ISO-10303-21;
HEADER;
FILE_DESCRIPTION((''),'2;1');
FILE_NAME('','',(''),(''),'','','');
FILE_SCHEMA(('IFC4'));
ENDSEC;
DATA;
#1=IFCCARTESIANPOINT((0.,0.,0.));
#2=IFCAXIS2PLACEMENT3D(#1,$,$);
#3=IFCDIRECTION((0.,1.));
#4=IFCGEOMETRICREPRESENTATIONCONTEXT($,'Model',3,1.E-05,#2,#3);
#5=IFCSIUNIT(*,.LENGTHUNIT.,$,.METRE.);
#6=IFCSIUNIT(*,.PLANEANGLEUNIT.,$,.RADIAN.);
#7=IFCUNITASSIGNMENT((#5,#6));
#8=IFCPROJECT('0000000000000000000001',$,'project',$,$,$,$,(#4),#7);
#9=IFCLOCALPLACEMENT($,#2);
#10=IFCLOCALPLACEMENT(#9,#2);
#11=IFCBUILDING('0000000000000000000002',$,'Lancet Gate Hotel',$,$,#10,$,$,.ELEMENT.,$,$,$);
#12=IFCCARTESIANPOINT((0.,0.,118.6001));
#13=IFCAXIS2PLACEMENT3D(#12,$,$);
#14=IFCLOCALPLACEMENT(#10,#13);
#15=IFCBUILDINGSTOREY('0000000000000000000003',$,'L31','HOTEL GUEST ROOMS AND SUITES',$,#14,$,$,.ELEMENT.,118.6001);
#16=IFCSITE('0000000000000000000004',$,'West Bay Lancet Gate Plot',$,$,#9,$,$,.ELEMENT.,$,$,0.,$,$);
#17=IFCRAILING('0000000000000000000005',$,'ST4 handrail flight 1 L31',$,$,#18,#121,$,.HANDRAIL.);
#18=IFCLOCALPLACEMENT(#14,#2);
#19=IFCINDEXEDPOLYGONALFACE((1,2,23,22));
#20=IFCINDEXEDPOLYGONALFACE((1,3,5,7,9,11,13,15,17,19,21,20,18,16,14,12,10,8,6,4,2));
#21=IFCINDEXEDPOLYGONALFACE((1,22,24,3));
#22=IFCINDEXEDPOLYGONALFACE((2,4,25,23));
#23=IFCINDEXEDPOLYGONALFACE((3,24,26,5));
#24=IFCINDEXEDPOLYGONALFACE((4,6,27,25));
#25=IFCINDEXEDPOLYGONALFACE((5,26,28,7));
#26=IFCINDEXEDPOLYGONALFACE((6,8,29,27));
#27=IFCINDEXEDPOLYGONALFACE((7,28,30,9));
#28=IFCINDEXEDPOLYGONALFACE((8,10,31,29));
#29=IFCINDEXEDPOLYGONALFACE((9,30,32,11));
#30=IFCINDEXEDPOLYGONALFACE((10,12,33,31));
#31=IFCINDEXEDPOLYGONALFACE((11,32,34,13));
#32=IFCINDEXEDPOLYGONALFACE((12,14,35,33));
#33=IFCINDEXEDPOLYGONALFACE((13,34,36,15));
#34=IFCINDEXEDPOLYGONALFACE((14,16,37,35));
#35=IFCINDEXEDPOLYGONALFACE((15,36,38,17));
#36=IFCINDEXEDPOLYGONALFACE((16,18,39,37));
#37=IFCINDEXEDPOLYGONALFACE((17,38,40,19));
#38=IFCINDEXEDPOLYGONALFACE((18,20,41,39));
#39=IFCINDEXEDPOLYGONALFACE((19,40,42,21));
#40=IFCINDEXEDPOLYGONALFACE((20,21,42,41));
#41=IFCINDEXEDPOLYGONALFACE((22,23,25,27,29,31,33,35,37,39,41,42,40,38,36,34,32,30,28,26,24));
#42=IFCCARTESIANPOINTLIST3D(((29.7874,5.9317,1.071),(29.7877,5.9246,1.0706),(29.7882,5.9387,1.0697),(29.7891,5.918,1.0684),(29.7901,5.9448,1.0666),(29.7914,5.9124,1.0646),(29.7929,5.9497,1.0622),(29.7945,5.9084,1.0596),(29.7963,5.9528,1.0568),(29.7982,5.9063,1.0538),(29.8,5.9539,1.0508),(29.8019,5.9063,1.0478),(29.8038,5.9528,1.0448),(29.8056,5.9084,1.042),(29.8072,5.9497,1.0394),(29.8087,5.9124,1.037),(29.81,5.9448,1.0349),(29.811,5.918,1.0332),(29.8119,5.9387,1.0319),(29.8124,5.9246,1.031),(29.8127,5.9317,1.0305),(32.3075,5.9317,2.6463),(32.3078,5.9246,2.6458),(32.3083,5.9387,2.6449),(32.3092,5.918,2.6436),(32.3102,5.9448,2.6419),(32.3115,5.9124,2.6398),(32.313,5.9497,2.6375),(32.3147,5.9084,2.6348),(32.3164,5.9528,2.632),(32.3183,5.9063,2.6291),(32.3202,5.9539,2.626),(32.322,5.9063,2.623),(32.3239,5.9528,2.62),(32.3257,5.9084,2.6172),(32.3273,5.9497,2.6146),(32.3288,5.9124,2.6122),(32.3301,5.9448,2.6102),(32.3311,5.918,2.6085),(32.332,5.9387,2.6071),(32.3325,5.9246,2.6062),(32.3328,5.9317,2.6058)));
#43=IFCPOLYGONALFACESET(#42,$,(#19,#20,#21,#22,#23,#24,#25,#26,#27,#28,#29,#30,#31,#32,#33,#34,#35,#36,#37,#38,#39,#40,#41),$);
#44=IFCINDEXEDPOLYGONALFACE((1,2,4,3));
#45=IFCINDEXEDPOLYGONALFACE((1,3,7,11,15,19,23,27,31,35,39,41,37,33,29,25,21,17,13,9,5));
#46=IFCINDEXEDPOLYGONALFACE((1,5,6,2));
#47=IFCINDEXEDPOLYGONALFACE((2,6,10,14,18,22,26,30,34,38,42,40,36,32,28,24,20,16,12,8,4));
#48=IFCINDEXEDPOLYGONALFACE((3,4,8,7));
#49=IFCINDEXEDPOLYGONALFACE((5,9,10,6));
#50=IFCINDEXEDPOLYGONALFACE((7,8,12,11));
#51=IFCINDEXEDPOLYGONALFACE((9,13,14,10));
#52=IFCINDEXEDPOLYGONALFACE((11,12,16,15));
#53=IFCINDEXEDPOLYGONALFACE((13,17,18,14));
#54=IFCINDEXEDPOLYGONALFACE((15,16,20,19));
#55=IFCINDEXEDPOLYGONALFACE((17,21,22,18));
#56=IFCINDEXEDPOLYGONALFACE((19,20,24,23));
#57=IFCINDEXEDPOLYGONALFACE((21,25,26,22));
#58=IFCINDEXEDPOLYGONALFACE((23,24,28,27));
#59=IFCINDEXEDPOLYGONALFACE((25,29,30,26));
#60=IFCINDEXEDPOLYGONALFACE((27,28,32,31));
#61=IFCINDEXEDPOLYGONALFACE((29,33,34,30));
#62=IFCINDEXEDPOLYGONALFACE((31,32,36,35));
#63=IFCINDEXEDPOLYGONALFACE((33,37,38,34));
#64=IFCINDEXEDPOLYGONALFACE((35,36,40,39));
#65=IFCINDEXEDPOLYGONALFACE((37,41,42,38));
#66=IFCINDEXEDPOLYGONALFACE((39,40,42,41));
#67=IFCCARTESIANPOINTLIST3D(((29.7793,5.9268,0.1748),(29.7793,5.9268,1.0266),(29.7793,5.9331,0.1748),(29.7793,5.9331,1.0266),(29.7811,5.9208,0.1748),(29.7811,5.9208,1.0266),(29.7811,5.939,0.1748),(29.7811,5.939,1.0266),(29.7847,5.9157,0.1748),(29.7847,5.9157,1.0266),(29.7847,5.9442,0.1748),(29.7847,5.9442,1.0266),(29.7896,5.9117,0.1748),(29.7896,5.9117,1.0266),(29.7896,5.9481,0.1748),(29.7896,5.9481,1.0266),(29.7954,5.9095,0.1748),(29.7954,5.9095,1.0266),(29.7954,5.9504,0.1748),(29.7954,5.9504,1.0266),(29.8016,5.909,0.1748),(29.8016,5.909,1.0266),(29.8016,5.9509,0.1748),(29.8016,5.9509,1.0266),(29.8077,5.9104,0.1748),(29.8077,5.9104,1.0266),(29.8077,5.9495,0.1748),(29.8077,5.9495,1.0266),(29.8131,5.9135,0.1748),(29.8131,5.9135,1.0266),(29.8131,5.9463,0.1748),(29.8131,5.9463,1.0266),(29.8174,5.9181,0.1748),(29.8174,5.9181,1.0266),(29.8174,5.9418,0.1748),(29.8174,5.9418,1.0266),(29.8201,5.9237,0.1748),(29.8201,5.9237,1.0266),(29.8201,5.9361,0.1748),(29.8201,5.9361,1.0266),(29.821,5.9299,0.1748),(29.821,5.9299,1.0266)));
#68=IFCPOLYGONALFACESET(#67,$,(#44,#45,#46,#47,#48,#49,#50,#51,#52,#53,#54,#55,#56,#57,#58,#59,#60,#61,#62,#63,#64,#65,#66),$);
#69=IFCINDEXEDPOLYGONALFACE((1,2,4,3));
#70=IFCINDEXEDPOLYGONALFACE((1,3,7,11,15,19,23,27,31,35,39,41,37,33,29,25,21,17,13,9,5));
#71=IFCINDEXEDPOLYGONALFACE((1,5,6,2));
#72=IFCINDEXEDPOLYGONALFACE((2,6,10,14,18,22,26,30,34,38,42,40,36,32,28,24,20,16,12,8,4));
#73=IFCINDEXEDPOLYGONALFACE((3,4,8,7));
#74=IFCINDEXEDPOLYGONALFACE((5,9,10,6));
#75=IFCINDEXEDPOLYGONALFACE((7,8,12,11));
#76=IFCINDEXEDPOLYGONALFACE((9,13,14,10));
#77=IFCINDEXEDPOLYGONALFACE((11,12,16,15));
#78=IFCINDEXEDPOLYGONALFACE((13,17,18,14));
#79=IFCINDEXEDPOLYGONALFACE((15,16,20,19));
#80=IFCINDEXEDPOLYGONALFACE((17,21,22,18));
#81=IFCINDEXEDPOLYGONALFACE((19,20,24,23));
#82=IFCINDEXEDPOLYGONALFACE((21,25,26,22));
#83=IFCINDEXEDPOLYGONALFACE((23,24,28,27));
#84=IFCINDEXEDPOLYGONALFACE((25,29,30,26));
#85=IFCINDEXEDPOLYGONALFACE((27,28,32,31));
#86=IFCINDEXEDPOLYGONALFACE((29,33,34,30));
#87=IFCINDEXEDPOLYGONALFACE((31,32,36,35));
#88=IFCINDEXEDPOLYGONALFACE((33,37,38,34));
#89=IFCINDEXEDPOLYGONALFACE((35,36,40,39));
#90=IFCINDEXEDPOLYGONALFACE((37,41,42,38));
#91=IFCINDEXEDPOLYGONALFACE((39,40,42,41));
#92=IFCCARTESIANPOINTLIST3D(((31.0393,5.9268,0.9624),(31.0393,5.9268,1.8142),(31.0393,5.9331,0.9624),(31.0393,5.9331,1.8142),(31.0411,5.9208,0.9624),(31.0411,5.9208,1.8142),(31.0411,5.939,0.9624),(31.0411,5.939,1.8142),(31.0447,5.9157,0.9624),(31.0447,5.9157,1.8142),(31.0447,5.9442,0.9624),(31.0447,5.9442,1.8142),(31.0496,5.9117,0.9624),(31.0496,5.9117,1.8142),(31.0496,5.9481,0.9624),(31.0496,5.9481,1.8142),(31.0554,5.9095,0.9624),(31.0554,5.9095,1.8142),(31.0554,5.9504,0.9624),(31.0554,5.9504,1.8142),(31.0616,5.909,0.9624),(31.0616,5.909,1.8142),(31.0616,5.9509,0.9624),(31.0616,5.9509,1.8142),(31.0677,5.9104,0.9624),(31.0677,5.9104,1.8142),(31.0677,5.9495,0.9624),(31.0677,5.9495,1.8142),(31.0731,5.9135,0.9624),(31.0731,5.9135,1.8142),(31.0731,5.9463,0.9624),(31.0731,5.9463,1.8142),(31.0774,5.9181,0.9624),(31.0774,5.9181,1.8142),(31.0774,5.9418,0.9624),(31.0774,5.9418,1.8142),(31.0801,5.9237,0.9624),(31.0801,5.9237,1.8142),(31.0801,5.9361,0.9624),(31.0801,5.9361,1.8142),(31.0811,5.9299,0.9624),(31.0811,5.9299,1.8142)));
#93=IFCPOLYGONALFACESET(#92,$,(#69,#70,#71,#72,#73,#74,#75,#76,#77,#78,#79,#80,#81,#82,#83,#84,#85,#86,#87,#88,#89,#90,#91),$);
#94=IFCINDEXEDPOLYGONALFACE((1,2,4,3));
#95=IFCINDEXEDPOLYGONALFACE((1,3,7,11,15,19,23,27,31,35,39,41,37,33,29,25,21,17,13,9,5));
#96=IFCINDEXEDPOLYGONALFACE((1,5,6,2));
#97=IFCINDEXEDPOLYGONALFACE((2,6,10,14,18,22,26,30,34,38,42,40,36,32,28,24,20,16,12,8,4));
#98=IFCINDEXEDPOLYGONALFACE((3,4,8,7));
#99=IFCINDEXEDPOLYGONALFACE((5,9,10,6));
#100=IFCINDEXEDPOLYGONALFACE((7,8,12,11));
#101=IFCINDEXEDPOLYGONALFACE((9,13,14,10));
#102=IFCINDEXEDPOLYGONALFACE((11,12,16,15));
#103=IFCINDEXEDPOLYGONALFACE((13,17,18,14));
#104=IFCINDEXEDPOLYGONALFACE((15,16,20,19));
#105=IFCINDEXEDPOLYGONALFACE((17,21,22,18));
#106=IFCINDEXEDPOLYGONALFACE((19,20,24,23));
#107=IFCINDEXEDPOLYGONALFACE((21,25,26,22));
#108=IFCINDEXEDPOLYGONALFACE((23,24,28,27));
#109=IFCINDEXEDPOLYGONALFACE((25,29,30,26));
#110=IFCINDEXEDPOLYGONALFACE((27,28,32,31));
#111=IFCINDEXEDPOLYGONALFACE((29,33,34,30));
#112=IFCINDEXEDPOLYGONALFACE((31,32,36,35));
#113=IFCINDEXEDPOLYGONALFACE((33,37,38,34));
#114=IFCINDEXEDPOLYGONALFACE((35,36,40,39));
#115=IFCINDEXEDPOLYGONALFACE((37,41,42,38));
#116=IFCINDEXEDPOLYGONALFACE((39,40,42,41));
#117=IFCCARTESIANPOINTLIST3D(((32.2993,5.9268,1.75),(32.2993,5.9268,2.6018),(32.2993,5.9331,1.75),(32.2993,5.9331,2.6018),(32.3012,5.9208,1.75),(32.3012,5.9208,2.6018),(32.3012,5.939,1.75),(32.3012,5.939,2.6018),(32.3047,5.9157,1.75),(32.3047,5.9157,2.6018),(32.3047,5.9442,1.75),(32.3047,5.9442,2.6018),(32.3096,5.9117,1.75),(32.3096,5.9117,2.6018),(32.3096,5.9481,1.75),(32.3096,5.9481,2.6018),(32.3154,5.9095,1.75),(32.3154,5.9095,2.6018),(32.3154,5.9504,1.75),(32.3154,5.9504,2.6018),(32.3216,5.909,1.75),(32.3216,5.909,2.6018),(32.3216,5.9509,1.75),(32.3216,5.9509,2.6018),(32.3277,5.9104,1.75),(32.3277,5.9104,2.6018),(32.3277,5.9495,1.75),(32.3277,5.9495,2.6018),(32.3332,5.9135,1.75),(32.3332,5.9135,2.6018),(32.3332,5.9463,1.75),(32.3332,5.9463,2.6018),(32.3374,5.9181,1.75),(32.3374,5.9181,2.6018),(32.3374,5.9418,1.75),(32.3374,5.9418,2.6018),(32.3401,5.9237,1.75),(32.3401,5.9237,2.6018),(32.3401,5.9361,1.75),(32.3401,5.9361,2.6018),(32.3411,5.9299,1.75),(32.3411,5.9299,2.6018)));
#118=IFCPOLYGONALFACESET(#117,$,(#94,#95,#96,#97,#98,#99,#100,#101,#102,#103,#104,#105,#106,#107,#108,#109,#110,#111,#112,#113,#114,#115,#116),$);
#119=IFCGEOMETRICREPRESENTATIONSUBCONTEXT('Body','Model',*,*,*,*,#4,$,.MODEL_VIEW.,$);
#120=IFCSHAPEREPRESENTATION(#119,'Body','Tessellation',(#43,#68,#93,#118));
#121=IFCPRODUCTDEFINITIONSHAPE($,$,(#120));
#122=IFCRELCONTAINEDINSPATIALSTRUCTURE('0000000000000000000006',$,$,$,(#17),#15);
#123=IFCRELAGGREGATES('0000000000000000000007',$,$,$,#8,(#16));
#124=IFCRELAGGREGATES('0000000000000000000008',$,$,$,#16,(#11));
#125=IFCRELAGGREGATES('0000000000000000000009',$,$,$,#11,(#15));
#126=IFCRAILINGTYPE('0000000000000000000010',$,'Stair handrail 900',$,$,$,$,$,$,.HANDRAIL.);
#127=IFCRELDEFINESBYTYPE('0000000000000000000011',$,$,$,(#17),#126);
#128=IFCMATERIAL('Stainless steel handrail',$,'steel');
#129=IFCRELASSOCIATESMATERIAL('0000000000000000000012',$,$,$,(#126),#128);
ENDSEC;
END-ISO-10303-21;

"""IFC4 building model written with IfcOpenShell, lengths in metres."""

from ifc_helpers import new_model, si_unit, direction, frame, origin, origin_2d, place, context, subcontext, project, spatial, circle, extrude, material, type_object, element, save


model = new_model("IFC4")

# Units and contexts
model_context = context("Model", 3, precision=1e-05, world=origin(), true_north=direction((0.0, 1.0)))
body_context = subcontext(model_context, "Body", "Model", "MODEL_VIEW")
ifc_project = project(units=[si_unit("LENGTHUNIT", "METRE"), si_unit("PLANEANGLEUNIT", "RADIAN")], contexts=[model_context])

# Site, building, storey
site_placement = place(None, origin())
site = spatial("IfcSite", under=ifc_project, at=site_placement, Name="West Bay Lancet Gate Plot", CompositionType="ELEMENT", RefElevation=0.0)
building_placement = place(site_placement, origin())
building = spatial("IfcBuilding", under=site, at=building_placement, Name="Lancet Gate Hotel", CompositionType="ELEMENT")
storey_placement = place(building_placement, frame((0.0, 0.0, 118.6001)))
storey = spatial("IfcBuildingStorey", under=building, at=storey_placement, Name="L31", Description="HOTEL GUEST ROOMS AND SUITES", CompositionType="ELEMENT", Elevation=118.6001)

# Railing
ifc_material_1 = material(Name="Stainless steel handrail", Category="steel")
railing_type = type_object("IfcRailingType", Name="Stair handrail 900", PredefinedType="HANDRAIL", material=ifc_material_1)
railing_1_placement = place(storey_placement, frame((29.8, 5.9299, 0.1748)))
element("IfcRailing", 1, at=railing_1_placement, inside=storey, type_object=railing_type, Name="ST4 handrail flight 1 L31", PredefinedType="HANDRAIL", context=body_context, shape_type="SweptSolid", body=[
    extrude(circle(Radius=0.0239, at=origin_2d()), frame((0.0, 0.0, 0.876), z_axis=(0.847971, 0.0, 0.530043), x_axis=(0.0, 1.0, 0.0)), (0.0, 0.0, 1.0), 2.9719),
    extrude(circle(Radius=0.021, at=origin_2d()), origin(), (0.0, 0.0, 1.0), 0.8518),
    extrude(circle(Radius=0.021, at=origin_2d()), frame((1.26, 0.0, 0.7876)), (0.0, 0.0, 1.0), 0.8518),
    extrude(circle(Radius=0.021, at=origin_2d()), frame((2.52, 0.0, 1.5752)), (0.0, 0.0, 1.0), 0.8518),
])

save(model, "model.ifc")
